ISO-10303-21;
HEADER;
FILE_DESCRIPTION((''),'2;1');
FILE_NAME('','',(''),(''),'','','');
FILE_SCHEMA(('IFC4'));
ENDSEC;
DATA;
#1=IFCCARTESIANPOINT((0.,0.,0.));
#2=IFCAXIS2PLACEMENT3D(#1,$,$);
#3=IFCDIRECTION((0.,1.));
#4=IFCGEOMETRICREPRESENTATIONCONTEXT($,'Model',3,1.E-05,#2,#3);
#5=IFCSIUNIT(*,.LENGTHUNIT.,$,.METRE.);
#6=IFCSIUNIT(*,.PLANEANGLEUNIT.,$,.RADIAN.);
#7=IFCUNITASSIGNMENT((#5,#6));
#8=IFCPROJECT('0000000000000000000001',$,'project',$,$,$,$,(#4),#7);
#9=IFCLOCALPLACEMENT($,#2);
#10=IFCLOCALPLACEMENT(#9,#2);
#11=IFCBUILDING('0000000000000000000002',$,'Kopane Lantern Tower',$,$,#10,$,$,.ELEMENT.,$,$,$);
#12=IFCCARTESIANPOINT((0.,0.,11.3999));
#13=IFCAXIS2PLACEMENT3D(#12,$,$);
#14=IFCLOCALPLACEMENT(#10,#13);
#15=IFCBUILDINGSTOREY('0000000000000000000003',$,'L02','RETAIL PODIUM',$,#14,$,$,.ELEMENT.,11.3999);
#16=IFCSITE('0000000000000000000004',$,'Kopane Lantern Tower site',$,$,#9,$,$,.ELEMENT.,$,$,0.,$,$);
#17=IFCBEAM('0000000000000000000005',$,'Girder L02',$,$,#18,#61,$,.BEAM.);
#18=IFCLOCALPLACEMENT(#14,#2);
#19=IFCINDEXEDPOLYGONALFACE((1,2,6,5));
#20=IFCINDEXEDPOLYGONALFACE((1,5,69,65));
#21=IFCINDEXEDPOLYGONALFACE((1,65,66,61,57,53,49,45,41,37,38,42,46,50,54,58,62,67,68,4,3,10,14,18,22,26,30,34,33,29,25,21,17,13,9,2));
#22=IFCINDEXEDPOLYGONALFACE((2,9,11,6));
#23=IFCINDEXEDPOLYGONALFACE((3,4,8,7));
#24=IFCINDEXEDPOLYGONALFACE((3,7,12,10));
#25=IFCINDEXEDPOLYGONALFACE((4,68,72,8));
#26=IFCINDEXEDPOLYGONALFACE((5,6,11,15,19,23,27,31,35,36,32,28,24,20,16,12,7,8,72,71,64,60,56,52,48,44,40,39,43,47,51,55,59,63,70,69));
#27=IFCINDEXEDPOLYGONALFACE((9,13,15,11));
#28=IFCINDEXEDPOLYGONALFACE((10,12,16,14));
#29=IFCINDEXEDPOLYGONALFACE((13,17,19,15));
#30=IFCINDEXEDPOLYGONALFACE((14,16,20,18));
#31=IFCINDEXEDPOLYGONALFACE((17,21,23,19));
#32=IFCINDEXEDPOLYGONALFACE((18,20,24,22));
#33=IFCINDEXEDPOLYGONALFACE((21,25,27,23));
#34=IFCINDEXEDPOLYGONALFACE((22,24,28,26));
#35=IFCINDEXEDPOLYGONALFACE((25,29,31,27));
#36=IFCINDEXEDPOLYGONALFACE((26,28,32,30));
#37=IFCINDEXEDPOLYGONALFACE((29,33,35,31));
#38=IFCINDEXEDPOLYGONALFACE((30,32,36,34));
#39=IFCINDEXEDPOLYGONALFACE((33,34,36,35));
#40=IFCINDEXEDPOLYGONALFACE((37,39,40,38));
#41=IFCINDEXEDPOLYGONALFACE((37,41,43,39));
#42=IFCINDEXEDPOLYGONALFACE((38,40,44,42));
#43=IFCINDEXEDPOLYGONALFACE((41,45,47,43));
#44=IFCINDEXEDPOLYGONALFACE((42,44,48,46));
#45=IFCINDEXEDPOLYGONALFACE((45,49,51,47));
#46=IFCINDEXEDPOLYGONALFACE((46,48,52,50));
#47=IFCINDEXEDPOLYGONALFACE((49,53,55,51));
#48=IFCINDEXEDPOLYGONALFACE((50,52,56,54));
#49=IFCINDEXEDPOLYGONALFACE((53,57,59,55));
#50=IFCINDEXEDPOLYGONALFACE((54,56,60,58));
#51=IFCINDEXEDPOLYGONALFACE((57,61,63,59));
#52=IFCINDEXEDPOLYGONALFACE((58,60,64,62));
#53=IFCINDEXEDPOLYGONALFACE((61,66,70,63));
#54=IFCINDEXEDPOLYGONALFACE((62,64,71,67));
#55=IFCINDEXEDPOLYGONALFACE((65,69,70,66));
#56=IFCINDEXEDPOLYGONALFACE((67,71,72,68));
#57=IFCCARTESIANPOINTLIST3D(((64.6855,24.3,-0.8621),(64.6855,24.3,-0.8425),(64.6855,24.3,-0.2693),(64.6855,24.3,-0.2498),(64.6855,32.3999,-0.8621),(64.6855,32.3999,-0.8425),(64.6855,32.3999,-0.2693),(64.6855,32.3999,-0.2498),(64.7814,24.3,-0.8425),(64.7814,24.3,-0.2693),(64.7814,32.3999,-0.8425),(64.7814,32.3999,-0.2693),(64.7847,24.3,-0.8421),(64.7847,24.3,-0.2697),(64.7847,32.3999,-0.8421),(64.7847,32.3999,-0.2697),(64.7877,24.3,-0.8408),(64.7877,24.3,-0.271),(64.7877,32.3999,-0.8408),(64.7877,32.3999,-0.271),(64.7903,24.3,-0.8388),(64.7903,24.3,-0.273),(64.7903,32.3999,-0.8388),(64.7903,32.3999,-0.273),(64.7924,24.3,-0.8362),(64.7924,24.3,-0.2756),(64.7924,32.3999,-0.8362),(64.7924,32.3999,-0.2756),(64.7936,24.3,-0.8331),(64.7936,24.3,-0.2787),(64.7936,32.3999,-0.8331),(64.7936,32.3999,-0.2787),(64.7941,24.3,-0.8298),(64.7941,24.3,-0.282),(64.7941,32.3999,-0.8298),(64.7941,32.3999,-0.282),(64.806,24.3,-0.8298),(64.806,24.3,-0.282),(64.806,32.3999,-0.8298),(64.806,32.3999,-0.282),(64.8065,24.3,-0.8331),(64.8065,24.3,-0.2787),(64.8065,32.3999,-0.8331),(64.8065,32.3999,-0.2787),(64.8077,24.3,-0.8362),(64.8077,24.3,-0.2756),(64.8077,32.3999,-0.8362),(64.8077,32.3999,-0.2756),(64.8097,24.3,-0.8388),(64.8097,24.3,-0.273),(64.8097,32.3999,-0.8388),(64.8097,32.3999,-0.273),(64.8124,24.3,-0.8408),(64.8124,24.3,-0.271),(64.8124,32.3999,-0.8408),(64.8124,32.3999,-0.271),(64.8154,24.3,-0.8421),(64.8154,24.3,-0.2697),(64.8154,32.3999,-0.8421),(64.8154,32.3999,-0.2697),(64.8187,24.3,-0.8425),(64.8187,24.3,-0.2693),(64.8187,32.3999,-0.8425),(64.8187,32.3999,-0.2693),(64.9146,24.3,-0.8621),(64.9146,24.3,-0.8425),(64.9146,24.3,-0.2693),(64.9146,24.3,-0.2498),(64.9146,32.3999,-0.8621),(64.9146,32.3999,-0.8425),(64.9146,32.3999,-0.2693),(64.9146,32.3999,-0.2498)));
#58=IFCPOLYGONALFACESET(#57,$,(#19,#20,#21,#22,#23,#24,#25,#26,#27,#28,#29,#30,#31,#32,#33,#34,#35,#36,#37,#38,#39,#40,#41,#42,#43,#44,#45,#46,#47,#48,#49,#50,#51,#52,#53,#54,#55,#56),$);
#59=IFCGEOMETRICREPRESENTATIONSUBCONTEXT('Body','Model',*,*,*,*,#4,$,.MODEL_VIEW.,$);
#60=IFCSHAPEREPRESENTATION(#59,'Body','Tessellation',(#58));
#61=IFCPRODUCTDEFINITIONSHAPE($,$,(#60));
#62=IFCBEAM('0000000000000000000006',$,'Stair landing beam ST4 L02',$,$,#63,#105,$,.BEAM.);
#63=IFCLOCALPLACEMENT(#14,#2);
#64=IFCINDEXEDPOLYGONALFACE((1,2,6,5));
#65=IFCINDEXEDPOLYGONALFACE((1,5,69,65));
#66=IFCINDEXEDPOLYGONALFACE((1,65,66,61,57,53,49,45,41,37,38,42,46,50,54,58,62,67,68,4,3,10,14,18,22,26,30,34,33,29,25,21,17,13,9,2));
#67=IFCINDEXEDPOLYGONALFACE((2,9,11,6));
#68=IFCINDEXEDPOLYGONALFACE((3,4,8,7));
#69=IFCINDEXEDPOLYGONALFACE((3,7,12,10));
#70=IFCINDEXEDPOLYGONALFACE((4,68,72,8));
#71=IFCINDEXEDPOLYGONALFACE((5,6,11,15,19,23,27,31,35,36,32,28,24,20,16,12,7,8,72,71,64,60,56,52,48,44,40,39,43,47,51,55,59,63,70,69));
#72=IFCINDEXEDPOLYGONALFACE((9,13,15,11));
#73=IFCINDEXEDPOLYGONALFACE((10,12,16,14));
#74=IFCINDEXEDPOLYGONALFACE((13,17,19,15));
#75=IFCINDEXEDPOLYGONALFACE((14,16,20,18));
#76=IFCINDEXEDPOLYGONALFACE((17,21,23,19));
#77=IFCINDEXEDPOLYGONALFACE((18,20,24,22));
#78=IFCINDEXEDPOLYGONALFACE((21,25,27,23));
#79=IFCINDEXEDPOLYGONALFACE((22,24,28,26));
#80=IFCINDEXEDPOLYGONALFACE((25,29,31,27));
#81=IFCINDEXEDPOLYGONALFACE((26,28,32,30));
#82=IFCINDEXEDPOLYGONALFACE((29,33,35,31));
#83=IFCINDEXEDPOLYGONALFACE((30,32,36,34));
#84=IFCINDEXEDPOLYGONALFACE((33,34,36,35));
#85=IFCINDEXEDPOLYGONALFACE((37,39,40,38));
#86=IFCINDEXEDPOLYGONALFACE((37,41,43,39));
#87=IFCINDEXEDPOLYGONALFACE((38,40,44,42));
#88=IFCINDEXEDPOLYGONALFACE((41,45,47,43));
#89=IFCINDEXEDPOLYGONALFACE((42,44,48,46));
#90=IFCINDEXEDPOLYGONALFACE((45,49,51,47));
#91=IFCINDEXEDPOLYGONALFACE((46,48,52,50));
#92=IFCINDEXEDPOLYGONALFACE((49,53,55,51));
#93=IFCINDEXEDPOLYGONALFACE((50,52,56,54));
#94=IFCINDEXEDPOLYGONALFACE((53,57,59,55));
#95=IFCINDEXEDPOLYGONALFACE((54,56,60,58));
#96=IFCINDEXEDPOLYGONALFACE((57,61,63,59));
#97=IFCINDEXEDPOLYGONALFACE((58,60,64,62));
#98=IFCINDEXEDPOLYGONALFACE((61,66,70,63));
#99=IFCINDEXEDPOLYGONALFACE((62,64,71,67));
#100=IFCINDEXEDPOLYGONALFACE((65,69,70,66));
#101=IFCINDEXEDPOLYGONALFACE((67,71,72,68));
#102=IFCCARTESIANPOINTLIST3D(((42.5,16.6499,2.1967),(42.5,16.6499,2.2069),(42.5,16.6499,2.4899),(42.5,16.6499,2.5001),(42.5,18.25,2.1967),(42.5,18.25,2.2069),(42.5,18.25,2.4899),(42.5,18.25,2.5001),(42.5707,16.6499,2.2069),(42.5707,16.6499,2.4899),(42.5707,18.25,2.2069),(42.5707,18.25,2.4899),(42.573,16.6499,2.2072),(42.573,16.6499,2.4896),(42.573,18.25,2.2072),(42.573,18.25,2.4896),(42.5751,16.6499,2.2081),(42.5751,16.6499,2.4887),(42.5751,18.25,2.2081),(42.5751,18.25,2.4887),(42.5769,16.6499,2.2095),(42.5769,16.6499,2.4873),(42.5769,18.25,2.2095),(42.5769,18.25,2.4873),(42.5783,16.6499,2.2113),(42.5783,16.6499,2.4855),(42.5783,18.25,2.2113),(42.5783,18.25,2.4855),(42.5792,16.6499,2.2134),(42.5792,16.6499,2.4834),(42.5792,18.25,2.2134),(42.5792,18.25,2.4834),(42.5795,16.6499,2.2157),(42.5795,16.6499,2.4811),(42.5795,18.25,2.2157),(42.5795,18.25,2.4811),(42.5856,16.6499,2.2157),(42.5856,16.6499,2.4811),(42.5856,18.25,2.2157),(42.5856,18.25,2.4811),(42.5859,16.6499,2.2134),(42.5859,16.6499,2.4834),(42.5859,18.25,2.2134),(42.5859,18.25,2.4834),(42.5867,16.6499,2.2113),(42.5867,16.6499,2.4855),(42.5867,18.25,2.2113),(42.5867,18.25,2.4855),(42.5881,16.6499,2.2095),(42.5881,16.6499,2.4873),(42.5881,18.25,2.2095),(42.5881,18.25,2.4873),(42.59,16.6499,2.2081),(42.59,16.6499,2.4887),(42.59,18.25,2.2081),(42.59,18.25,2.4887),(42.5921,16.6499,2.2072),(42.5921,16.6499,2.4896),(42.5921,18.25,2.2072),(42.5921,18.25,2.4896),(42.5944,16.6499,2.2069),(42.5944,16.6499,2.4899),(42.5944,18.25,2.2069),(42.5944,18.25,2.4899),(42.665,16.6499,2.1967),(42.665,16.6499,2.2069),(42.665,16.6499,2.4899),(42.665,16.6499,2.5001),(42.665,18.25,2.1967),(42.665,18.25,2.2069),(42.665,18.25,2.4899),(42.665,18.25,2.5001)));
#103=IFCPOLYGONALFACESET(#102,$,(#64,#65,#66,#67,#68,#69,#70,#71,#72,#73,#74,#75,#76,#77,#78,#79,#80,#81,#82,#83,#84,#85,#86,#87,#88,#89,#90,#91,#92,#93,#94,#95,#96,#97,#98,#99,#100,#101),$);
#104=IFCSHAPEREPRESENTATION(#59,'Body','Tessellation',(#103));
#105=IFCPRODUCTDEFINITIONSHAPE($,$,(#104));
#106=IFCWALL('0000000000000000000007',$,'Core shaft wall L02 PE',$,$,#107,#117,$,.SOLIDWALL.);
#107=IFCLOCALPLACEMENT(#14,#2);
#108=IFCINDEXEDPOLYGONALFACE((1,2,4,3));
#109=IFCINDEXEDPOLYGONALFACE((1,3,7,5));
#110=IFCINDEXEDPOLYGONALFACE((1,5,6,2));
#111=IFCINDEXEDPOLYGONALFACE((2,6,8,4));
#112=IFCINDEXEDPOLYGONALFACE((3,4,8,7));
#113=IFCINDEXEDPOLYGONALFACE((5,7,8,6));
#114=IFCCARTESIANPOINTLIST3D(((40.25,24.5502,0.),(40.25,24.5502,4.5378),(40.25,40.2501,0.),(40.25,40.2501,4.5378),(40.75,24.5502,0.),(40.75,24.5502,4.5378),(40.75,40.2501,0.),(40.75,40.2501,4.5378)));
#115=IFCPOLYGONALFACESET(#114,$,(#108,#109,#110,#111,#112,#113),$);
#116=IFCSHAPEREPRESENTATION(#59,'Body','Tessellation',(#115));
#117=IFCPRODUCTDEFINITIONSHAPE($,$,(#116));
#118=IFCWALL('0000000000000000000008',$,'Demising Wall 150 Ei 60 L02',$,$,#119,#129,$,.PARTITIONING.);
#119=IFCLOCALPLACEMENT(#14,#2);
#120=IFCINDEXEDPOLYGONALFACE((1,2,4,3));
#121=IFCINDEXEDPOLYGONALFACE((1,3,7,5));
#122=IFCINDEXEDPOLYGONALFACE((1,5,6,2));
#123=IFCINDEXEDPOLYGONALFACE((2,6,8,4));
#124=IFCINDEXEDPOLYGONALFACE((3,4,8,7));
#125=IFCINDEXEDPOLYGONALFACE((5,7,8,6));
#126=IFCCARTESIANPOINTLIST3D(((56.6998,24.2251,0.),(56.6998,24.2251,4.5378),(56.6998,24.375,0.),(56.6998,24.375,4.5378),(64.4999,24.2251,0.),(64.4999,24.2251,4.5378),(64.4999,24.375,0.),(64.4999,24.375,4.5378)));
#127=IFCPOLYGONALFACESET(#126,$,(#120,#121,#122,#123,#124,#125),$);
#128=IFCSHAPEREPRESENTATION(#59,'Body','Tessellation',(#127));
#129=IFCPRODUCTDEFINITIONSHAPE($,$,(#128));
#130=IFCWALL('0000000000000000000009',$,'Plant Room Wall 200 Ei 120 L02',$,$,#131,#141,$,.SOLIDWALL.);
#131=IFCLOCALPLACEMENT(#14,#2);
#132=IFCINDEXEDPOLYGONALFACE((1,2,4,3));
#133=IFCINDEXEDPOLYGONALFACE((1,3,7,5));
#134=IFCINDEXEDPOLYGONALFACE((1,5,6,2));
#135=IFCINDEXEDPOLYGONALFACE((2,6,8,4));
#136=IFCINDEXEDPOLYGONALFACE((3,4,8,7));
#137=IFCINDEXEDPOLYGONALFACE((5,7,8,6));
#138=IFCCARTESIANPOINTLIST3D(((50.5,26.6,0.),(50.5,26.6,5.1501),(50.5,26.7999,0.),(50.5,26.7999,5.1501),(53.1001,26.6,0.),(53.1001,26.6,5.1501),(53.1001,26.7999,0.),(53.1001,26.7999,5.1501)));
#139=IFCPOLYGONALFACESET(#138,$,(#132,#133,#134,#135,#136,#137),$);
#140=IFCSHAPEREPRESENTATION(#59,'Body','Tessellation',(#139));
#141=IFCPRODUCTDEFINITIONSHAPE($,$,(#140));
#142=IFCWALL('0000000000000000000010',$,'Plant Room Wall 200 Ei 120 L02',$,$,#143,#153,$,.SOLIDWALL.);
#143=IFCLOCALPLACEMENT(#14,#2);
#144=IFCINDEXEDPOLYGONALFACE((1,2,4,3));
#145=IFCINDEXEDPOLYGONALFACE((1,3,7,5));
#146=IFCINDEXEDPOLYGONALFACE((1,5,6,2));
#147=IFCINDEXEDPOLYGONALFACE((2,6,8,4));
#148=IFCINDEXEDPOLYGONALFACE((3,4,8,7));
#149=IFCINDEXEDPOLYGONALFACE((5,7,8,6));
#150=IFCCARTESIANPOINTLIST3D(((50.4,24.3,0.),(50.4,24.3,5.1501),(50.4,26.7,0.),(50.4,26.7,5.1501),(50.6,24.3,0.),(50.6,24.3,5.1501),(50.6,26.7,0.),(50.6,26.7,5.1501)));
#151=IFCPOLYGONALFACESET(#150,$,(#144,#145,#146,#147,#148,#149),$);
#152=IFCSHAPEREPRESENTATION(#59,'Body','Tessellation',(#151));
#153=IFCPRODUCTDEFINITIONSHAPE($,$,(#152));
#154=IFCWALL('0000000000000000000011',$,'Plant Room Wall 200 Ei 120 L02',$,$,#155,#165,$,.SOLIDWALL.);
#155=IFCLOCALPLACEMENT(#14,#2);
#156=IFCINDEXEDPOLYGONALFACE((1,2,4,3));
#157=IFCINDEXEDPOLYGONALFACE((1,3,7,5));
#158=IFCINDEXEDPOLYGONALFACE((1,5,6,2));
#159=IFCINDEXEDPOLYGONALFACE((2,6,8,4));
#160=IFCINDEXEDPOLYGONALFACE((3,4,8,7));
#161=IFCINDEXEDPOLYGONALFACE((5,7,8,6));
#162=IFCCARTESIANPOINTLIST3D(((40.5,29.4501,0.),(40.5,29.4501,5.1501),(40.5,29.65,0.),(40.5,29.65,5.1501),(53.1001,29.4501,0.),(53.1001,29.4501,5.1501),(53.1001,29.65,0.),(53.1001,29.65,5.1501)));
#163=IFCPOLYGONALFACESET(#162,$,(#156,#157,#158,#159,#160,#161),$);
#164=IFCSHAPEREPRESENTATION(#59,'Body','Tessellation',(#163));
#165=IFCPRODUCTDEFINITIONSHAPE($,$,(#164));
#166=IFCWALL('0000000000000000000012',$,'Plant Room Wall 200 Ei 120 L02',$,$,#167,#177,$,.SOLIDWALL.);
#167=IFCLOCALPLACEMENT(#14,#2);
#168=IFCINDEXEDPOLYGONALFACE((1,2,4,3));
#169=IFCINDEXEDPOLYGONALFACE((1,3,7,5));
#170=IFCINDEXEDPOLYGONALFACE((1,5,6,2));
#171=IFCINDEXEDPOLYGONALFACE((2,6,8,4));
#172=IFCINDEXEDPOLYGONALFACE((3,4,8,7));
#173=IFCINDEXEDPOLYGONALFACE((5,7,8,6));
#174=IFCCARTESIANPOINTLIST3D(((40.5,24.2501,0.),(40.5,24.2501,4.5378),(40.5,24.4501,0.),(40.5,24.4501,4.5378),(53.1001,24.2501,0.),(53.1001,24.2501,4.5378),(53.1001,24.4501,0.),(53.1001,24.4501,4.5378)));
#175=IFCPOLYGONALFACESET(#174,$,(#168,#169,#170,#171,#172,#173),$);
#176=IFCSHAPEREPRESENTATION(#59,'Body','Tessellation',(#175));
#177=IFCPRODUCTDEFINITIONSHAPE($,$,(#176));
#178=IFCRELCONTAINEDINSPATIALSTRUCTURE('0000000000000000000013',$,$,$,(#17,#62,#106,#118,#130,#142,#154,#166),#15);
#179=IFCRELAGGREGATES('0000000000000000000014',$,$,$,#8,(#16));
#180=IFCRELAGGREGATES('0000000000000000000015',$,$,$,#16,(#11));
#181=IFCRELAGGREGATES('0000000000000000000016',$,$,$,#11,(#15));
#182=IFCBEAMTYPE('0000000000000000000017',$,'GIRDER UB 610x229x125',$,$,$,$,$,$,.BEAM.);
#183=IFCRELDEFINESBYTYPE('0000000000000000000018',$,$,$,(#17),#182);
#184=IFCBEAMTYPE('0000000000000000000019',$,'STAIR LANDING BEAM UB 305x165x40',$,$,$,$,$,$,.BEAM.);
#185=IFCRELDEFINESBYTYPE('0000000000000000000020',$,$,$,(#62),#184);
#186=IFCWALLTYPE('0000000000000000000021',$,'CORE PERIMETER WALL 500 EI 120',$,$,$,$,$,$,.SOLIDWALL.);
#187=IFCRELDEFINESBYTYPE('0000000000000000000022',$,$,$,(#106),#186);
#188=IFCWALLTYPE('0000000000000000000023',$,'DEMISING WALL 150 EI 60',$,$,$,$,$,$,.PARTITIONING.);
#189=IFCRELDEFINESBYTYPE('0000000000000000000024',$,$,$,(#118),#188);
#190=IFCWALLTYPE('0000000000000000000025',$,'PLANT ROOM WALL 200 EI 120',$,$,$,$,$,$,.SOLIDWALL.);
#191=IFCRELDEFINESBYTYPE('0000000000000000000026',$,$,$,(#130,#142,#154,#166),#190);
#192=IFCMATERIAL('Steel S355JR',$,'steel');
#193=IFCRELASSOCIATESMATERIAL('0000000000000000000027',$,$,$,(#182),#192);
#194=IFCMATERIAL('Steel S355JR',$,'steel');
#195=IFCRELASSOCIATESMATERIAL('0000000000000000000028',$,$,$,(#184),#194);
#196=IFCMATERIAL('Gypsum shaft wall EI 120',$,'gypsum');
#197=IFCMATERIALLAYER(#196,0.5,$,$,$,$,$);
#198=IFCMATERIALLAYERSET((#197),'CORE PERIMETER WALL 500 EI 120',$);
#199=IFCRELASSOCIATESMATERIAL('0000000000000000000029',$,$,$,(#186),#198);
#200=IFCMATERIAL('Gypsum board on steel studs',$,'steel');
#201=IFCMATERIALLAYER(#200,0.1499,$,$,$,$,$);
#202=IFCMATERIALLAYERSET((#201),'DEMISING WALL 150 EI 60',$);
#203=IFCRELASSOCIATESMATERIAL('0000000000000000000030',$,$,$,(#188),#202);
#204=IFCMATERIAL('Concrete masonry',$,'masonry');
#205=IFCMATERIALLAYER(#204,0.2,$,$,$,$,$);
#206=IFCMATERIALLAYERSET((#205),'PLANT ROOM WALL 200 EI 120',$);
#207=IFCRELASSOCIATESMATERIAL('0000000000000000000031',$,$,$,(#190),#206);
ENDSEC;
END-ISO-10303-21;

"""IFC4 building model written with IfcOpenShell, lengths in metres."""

from ifc_helpers import new_model, si_unit, direction, frame, frame_2d, origin, origin_2d, place, context, subcontext, project, spatial, rectangle, i_section, extrude, material, layer, layer_set, material_profile, profile_set, type_object, element, save


model = new_model("IFC4")

# Units and contexts
model_context = context("Model", 3, precision=1e-05, world=origin(), true_north=direction((0.0, 1.0)))
body_context = subcontext(model_context, "Body", "Model", "MODEL_VIEW")
ifc_project = project(units=[si_unit("LENGTHUNIT", "METRE"), si_unit("PLANEANGLEUNIT", "RADIAN")], contexts=[model_context])

# Site, building, storey
site_placement = place(None, origin())
site = spatial("IfcSite", under=ifc_project, at=site_placement, Name="Kopane Lantern Tower site", CompositionType="ELEMENT", RefElevation=0.0)
building_placement = place(site_placement, origin())
building = spatial("IfcBuilding", under=site, at=building_placement, Name="Kopane Lantern Tower", CompositionType="ELEMENT")
storey_placement = place(building_placement, frame((0.0, 0.0, 11.3999)))
storey = spatial("IfcBuildingStorey", under=building, at=storey_placement, Name="L02", Description="RETAIL PODIUM", CompositionType="ELEMENT", Elevation=11.3999)

# Beams
ifc_material_1 = material(Name="Steel S355JR", Category="steel")
ifc_material_profile_1 = material_profile(ifc_material_1, i_section(OverallWidth=0.229, OverallDepth=0.6123, WebThickness=0.012, FlangeThickness=0.0195, FilletRadius=0.0127, at=origin_2d()), Name="UB 610x229x125")
ifc_profile_set_1 = profile_set([ifc_material_profile_1], Name="Steel S355JR")
beam_type_1 = type_object("IfcBeamType", Name="GIRDER UB 610x229x125", PredefinedType="BEAM", material=ifc_profile_set_1)
beam_1_placement = place(storey_placement, frame((64.8, 24.3, -0.5559), z_axis=(0.0, 1.0, 0.0), x_axis=(-1.0, 0.0, 0.0)))
element("IfcBeam", 1, at=beam_1_placement, inside=storey, type_object=beam_type_1, Name="Girder L02", PredefinedType="BEAM", context=body_context, shape_type="SweptSolid", body=[
    extrude(i_section(OverallWidth=0.229, OverallDepth=0.6123, WebThickness=0.012, FlangeThickness=0.0195, FilletRadius=0.0127, at=origin_2d()), origin(), (0.0, 0.0, 1.0), 8.0999),
])
ifc_material_2 = material(Name="Steel S355JR", Category="steel")
ifc_material_profile_2 = material_profile(ifc_material_2, i_section(OverallWidth=0.165, OverallDepth=0.3035, WebThickness=0.0061, FlangeThickness=0.0103, FilletRadius=0.0088, at=origin_2d()), Name="UB 305x165x40")
ifc_profile_set_2 = profile_set([ifc_material_profile_2], Name="Steel S355JR")
beam_type_2 = type_object("IfcBeamType", Name="STAIR LANDING BEAM UB 305x165x40", PredefinedType="BEAM", material=ifc_profile_set_2)
beam_2_placement = place(storey_placement, frame((42.5825, 16.6499, 2.3484), z_axis=(0.0, 1.0, 0.0), x_axis=(-1.0, 0.0, 0.0)))
element("IfcBeam", 2, at=beam_2_placement, inside=storey, type_object=beam_type_2, Name="Stair landing beam ST4 L02", PredefinedType="BEAM", context=body_context, shape_type="SweptSolid", body=[
    extrude(i_section(OverallWidth=0.165, OverallDepth=0.3035, WebThickness=0.0061, FlangeThickness=0.0103, FilletRadius=0.0088, at=origin_2d()), origin(), (0.0, 0.0, 1.0), 1.6001),
])

# Walls
ifc_material_3 = material(Name="Gypsum shaft wall EI 120", Category="gypsum")
ifc_layer_1 = layer(ifc_material_3, 0.5)
ifc_layer_set_1 = layer_set([ifc_layer_1], Name="CORE PERIMETER WALL 500 EI 120")
wall_type_1 = type_object("IfcWallType", Name="CORE PERIMETER WALL 500 EI 120", PredefinedType="SOLIDWALL", material=ifc_layer_set_1)
wall_1_placement = place(storey_placement, frame((40.5, 24.55, 0.0), z_axis=(0.0, 0.0, 1.0), x_axis=(0.0, 1.0, 0.0)))
element("IfcWall", 3, at=wall_1_placement, inside=storey, type_object=wall_type_1, Name="Core shaft wall L02 PE", PredefinedType="SOLIDWALL", context=body_context, shape_type="SweptSolid", body=[
    extrude(rectangle(XDim=15.7, YDim=0.5, at=frame_2d((7.8501, 0.0))), origin(), (0.0, 0.0, 1.0), 4.5378),
])
ifc_material_4 = material(Name="Gypsum board on steel studs", Category="steel")
ifc_layer_2 = layer(ifc_material_4, 0.1499)
ifc_layer_set_2 = layer_set([ifc_layer_2], Name="DEMISING WALL 150 EI 60")
wall_type_2 = type_object("IfcWallType", Name="DEMISING WALL 150 EI 60", PredefinedType="PARTITIONING", material=ifc_layer_set_2)
wall_2_placement = place(storey_placement, frame((56.7, 24.3, 0.0), z_axis=(0.0, 0.0, 1.0), x_axis=(1.0, 0.0, 0.0)))
element("IfcWall", 4, at=wall_2_placement, inside=storey, type_object=wall_type_2, Name="Demising Wall 150 Ei 60 L02", PredefinedType="PARTITIONING", context=body_context, shape_type="SweptSolid", body=[
    extrude(rectangle(XDim=7.8, YDim=0.1499, at=frame_2d((3.8999, 0.0))), origin(), (0.0, 0.0, 1.0), 4.5378),
])
ifc_material_5 = material(Name="Concrete masonry", Category="masonry")
ifc_layer_3 = layer(ifc_material_5, 0.2)
ifc_layer_set_3 = layer_set([ifc_layer_3], Name="PLANT ROOM WALL 200 EI 120")
wall_type_3 = type_object("IfcWallType", Name="PLANT ROOM WALL 200 EI 120", PredefinedType="SOLIDWALL", material=ifc_layer_set_3)
wall_3_placement = place(storey_placement, frame((53.1001, 26.7, 0.0), z_axis=(0.0, 0.0, 1.0), x_axis=(-1.0, 0.0, 0.0)))
element("IfcWall", 5, at=wall_3_placement, inside=storey, type_object=wall_type_3, Name="Plant Room Wall 200 Ei 120 L02", PredefinedType="SOLIDWALL", context=body_context, shape_type="SweptSolid", body=[
    extrude(rectangle(XDim=2.6001, YDim=0.2, at=frame_2d((1.3, 0.0))), origin(), (0.0, 0.0, 1.0), 5.1501),
])
wall_4_placement = place(storey_placement, frame((50.5, 24.3, 0.0), z_axis=(0.0, 0.0, 1.0), x_axis=(0.0, 1.0, 0.0)))
element("IfcWall", 6, at=wall_4_placement, inside=storey, type_object=wall_type_3, Name="Plant Room Wall 200 Ei 120 L02", PredefinedType="SOLIDWALL", context=body_context, shape_type="SweptSolid", body=[
    extrude(rectangle(XDim=2.3999, YDim=0.2, at=frame_2d((1.2, 0.0))), origin(), (0.0, 0.0, 1.0), 5.1501),
])
wall_5_placement = place(storey_placement, frame((53.1001, 29.55, 0.0), z_axis=(0.0, 0.0, 1.0), x_axis=(-1.0, 0.0, 0.0)))
element("IfcWall", 7, at=wall_5_placement, inside=storey, type_object=wall_type_3, Name="Plant Room Wall 200 Ei 120 L02", PredefinedType="SOLIDWALL", context=body_context, shape_type="SweptSolid", body=[
    extrude(rectangle(XDim=12.6001, YDim=0.2, at=frame_2d((6.3, 0.0))), origin(), (0.0, 0.0, 1.0), 5.1501),
])
wall_6_placement = place(storey_placement, frame((40.5, 24.3501, 0.0), z_axis=(0.0, 0.0, 1.0), x_axis=(1.0, 0.0, 0.0)))
element("IfcWall", 8, at=wall_6_placement, inside=storey, type_object=wall_type_3, Name="Plant Room Wall 200 Ei 120 L02", PredefinedType="SOLIDWALL", context=body_context, shape_type="SweptSolid", body=[
    extrude(rectangle(XDim=12.6001, YDim=0.2, at=frame_2d((6.3, 0.0))), origin(), (0.0, 0.0, 1.0), 4.5378),
])

save(model, "model.ifc")
